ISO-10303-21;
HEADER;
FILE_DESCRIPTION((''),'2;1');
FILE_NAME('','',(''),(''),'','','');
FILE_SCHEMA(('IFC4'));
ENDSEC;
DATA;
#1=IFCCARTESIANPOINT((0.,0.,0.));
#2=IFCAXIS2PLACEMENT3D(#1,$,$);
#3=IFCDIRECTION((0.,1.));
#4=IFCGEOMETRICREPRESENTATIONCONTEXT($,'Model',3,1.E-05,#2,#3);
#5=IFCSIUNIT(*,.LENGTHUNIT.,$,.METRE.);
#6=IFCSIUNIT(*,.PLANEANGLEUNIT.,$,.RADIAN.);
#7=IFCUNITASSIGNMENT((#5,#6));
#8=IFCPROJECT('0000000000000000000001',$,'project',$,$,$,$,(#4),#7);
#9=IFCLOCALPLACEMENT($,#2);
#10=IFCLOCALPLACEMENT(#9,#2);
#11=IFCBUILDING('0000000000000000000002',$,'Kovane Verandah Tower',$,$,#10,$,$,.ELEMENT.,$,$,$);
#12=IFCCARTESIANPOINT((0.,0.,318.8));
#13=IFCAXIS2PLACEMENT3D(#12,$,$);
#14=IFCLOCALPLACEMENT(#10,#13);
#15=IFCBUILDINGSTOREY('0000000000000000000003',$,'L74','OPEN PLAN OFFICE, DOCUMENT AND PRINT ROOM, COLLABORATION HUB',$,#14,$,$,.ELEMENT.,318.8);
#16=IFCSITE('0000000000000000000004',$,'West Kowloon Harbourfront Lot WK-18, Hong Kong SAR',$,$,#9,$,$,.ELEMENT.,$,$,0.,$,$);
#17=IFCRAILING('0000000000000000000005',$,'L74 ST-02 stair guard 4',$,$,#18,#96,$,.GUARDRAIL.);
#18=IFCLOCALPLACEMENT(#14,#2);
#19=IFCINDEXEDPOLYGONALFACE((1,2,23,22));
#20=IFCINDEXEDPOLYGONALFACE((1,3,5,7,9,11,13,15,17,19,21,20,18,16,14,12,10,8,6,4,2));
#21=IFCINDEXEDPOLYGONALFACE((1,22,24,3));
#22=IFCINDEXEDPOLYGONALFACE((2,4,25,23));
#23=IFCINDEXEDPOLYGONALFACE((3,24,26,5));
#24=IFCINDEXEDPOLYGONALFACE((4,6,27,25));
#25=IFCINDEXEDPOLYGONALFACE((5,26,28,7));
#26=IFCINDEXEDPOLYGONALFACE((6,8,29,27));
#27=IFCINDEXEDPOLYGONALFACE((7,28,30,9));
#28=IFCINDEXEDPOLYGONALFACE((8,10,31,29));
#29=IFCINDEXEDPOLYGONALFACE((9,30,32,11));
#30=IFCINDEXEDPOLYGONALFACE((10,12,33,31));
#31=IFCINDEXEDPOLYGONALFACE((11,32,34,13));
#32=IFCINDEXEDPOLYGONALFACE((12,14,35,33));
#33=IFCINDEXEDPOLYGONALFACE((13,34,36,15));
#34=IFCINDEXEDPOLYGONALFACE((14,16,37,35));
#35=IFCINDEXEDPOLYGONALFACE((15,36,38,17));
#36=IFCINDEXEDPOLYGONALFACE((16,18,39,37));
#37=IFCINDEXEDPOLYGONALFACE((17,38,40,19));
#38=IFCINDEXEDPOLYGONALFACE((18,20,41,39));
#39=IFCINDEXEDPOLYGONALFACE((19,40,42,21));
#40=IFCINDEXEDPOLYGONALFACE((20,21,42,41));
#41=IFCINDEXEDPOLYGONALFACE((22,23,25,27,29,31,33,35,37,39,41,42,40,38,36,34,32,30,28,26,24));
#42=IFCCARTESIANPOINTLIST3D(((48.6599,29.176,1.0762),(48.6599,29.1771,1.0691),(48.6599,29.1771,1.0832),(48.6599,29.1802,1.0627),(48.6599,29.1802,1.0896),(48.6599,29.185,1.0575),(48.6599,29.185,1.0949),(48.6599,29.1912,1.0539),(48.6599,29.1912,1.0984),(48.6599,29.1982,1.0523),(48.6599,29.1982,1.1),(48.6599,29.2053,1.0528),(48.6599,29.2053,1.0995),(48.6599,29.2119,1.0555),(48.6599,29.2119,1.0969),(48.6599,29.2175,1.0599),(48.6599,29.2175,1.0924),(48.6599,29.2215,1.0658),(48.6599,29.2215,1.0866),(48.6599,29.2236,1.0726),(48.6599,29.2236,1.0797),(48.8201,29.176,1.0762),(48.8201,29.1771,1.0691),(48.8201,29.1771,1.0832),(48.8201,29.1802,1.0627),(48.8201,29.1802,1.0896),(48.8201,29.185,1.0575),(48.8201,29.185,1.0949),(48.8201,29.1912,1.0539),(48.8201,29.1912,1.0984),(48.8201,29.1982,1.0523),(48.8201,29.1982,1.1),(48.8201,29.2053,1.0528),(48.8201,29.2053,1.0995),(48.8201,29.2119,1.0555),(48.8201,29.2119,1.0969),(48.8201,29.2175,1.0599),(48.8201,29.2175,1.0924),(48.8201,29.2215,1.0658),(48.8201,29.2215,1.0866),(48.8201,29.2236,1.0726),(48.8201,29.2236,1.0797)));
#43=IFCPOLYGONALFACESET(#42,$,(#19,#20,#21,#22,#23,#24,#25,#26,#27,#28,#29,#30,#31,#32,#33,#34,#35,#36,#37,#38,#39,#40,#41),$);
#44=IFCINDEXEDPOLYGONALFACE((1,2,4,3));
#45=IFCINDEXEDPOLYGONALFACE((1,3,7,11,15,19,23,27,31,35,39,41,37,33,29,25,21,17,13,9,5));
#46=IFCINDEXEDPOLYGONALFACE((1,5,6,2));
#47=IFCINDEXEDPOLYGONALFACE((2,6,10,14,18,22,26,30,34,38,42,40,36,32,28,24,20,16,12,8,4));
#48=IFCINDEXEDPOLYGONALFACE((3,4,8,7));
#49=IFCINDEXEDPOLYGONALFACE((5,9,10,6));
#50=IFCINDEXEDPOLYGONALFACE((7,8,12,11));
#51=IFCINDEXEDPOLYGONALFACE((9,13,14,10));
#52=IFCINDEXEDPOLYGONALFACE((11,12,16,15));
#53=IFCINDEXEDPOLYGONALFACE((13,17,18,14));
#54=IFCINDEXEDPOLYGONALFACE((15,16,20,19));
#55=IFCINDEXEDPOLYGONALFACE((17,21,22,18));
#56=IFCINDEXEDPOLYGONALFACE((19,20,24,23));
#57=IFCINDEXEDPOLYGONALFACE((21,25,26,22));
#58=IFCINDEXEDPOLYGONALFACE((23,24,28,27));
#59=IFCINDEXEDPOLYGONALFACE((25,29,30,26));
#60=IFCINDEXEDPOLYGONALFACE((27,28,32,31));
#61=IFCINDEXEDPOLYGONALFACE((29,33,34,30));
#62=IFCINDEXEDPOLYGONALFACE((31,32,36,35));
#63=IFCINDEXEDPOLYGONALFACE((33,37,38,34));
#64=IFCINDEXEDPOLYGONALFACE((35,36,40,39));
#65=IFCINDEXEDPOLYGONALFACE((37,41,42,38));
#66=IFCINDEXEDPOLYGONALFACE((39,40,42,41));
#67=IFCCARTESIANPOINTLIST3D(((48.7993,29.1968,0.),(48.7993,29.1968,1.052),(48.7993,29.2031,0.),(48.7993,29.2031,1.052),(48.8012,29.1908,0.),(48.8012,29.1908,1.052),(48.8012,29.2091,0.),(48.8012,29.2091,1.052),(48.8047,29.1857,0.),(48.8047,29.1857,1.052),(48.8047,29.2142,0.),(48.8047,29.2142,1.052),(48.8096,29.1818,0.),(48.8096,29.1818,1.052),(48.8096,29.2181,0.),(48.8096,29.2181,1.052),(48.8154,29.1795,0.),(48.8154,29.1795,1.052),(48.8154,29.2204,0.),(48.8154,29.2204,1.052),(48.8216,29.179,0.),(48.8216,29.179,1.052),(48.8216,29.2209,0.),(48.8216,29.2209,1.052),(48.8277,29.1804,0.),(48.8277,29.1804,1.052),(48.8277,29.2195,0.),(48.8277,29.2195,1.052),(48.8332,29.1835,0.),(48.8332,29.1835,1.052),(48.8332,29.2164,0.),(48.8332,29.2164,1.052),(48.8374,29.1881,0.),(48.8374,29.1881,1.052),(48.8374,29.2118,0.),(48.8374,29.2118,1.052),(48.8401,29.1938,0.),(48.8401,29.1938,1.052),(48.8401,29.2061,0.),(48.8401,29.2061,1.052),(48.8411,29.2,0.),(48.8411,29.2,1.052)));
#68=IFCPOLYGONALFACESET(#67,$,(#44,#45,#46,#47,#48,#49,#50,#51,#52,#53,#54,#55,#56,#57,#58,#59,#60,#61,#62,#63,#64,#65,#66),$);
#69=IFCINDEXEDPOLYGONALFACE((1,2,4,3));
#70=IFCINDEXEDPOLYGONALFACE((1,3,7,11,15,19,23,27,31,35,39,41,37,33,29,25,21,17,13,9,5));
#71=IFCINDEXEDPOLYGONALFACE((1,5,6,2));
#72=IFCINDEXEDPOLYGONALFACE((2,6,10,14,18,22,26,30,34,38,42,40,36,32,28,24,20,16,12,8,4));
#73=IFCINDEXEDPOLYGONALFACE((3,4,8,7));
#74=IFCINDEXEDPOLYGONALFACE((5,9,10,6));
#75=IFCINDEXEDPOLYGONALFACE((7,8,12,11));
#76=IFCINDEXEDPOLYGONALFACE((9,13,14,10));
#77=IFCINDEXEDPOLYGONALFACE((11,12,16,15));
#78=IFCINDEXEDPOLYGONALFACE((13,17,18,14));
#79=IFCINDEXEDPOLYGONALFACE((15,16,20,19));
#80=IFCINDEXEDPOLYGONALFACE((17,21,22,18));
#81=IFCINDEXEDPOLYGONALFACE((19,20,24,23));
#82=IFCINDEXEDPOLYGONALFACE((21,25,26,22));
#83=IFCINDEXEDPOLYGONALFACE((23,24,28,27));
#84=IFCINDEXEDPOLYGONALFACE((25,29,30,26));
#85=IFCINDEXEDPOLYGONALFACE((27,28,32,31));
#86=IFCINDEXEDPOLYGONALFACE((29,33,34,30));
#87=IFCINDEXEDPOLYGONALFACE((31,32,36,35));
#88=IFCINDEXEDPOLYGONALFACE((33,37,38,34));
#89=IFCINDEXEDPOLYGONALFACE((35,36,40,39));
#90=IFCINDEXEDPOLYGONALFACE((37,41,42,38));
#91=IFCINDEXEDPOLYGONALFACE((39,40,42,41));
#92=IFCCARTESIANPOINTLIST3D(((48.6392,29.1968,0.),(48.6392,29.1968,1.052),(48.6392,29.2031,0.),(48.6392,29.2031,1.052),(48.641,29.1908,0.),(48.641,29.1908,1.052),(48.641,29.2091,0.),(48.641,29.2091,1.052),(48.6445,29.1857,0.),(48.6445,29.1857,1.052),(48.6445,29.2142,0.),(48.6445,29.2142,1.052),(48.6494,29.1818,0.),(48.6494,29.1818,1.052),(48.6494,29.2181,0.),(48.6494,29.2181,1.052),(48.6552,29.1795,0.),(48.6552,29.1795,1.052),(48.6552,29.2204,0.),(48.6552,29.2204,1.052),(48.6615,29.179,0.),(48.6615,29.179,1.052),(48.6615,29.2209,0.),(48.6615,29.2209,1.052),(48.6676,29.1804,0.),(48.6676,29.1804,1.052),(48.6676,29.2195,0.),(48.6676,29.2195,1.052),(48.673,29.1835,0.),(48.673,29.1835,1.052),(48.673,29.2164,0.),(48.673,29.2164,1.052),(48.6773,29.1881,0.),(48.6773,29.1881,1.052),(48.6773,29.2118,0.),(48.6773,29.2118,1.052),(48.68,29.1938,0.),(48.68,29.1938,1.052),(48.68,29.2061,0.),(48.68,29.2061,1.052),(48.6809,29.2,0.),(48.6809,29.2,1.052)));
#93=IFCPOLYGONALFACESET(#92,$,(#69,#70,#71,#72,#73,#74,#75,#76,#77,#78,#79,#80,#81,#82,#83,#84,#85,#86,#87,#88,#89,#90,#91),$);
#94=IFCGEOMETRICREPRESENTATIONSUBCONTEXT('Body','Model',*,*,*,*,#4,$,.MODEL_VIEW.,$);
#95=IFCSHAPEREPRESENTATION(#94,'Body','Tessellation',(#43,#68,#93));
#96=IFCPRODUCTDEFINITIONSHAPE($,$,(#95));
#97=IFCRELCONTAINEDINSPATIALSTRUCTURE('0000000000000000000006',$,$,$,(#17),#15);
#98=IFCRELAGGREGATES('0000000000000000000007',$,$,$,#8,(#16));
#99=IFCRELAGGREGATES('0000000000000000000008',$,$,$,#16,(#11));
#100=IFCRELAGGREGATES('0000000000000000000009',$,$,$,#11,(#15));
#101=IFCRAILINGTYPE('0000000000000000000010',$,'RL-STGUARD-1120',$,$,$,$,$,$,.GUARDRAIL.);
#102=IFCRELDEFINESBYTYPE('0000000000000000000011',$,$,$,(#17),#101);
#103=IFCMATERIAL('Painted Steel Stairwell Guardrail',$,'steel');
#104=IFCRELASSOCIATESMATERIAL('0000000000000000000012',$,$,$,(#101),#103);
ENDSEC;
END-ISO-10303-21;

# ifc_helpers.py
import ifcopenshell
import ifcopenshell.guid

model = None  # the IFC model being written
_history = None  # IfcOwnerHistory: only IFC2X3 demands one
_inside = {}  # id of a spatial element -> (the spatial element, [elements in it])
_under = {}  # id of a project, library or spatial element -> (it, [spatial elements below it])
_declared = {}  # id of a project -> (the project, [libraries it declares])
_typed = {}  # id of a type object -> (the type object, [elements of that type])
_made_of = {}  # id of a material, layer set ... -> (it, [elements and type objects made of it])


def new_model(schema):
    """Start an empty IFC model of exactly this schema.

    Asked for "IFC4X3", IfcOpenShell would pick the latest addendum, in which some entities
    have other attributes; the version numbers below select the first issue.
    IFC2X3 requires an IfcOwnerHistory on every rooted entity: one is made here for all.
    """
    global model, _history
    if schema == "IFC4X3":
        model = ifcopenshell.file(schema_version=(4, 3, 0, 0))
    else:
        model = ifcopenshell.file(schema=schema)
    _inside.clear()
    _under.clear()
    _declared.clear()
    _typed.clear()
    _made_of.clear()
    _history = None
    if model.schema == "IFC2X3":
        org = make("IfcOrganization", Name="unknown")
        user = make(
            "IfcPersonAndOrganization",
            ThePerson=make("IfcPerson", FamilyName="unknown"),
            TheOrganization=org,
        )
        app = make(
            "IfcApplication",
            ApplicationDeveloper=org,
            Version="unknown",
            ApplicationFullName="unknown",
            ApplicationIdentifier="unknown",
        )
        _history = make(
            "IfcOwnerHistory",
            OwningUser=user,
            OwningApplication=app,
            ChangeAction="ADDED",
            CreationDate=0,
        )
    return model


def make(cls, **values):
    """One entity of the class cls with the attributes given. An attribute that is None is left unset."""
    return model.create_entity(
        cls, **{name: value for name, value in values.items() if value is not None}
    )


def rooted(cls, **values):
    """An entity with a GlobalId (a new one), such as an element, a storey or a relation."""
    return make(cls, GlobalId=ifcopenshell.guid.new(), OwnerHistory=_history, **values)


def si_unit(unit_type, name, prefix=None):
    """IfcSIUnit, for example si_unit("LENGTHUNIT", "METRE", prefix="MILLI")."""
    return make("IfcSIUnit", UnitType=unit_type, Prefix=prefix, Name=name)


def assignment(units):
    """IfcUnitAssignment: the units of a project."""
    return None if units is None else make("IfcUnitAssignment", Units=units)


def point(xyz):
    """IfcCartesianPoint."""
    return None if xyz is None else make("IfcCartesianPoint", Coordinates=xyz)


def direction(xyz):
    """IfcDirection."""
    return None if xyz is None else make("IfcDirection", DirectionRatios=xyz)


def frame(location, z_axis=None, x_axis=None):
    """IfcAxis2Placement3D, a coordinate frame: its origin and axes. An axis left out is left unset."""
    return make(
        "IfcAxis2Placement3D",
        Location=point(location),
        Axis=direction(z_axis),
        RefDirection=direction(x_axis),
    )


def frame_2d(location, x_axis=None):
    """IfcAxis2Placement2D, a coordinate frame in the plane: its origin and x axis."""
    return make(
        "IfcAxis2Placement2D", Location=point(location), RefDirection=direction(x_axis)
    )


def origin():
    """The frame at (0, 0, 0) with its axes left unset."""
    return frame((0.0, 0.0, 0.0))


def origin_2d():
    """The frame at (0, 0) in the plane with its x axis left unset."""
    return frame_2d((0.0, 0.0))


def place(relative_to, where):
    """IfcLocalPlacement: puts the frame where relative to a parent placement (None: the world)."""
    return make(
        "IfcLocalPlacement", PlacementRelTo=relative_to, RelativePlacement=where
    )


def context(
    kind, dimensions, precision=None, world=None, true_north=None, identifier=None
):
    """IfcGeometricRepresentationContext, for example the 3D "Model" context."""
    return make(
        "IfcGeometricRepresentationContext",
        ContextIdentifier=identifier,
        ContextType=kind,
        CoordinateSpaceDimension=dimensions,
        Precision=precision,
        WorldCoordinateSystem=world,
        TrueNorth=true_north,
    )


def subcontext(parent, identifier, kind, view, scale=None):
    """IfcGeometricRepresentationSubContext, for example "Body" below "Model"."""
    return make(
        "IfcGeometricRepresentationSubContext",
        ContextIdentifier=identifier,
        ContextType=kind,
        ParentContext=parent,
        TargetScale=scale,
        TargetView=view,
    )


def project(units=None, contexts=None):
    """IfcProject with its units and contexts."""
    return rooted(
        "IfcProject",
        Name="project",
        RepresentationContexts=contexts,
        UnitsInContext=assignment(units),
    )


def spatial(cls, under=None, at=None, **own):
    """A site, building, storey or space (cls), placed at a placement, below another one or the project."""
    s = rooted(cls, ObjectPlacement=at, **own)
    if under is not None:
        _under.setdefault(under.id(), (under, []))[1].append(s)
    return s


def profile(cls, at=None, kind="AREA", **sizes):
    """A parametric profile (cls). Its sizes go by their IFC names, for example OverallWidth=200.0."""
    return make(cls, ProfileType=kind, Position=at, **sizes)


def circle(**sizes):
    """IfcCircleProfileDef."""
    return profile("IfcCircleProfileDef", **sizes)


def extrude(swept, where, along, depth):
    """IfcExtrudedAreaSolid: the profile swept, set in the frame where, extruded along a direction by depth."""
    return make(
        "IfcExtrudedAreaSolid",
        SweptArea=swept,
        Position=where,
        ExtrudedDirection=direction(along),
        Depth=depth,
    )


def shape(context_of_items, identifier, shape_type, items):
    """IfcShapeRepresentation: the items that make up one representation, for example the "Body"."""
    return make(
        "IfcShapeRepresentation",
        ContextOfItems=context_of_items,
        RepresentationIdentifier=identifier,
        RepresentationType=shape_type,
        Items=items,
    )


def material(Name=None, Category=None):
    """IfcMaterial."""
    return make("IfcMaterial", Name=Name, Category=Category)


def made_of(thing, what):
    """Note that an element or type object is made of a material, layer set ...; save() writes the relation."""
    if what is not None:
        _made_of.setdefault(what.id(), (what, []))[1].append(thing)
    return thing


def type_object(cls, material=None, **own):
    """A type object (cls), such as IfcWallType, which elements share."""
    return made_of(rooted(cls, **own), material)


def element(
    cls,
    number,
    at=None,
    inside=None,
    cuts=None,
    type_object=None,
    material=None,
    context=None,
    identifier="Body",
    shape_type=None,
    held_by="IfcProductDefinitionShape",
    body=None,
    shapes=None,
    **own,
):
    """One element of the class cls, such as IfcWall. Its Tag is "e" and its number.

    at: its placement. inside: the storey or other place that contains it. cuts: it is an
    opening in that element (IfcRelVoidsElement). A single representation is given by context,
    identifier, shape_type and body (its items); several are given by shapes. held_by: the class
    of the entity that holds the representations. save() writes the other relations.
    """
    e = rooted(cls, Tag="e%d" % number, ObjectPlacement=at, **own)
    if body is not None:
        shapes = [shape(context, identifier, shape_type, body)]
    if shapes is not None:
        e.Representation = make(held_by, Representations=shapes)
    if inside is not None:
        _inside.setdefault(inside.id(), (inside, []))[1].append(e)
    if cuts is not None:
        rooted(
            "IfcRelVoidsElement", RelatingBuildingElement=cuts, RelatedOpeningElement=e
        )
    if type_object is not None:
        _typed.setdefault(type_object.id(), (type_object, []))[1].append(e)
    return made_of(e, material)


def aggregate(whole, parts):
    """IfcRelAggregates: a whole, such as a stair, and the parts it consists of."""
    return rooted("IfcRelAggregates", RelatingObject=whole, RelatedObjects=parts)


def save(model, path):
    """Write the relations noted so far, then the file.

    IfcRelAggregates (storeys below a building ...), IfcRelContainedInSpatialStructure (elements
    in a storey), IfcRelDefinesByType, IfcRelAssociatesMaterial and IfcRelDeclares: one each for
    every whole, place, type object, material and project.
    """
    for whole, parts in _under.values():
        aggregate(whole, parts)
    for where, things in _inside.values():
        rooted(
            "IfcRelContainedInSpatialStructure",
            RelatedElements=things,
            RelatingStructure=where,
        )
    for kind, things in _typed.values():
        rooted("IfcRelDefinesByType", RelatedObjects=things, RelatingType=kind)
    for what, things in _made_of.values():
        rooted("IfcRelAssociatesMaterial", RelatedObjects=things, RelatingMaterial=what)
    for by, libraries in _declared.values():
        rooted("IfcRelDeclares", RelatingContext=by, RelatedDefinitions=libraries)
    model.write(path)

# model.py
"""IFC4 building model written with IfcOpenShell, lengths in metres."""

from ifc_helpers import new_model, si_unit, direction, frame, origin, origin_2d, place, context, subcontext, project, spatial, circle, extrude, material, type_object, element, save


model = new_model("IFC4")

# Units and contexts
model_context = context("Model", 3, precision=1e-05, world=origin(), true_north=direction((0.0, 1.0)))
body_context = subcontext(model_context, "Body", "Model", "MODEL_VIEW")
ifc_project = project(units=[si_unit("LENGTHUNIT", "METRE"), si_unit("PLANEANGLEUNIT", "RADIAN")], contexts=[model_context])

# Site, building, storey
site_placement = place(None, origin())
site = spatial("IfcSite", under=ifc_project, at=site_placement, Name="West Kowloon Harbourfront Lot WK-18, Hong Kong SAR", CompositionType="ELEMENT", RefElevation=0.0)
building_placement = place(site_placement, origin())
building = spatial("IfcBuilding", under=site, at=building_placement, Name="Kovane Verandah Tower", CompositionType="ELEMENT")
storey_placement = place(building_placement, frame((0.0, 0.0, 318.8)))
storey = spatial("IfcBuildingStorey", under=building, at=storey_placement, Name="L74", Description="OPEN PLAN OFFICE, DOCUMENT AND PRINT ROOM, COLLABORATION HUB", CompositionType="ELEMENT", Elevation=318.8)

# Railing
ifc_material_1 = material(Name="Painted Steel Stairwell Guardrail", Category="steel")
railing_type_1 = type_object("IfcRailingType", Name="RL-STGUARD-1120", PredefinedType="GUARDRAIL", material=ifc_material_1)
railing_1_placement = place(storey_placement, frame((48.8201, 29.2, 0.0)))
element("IfcRailing", 1, at=railing_1_placement, inside=storey, type_object=railing_type_1, Name="L74 ST-02 stair guard 4", PredefinedType="GUARDRAIL", context=body_context, shape_type="SweptSolid", body=[
    extrude(circle(Radius=0.0239, at=origin_2d()), frame((0.0, 0.0, 1.0762), z_axis=(-1.0, 0.0, 0.0), x_axis=(0.0, -1.0, 0.0)), (0.0, 0.0, 1.0), 0.1602),
    extrude(circle(Radius=0.021, at=origin_2d()), origin(), (0.0, 0.0, 1.0), 1.052),
    extrude(circle(Radius=0.021, at=origin_2d()), frame((-0.1602, 0.0, 0.0)), (0.0, 0.0, 1.0), 1.052),
])

save(model, "model.ifc")
